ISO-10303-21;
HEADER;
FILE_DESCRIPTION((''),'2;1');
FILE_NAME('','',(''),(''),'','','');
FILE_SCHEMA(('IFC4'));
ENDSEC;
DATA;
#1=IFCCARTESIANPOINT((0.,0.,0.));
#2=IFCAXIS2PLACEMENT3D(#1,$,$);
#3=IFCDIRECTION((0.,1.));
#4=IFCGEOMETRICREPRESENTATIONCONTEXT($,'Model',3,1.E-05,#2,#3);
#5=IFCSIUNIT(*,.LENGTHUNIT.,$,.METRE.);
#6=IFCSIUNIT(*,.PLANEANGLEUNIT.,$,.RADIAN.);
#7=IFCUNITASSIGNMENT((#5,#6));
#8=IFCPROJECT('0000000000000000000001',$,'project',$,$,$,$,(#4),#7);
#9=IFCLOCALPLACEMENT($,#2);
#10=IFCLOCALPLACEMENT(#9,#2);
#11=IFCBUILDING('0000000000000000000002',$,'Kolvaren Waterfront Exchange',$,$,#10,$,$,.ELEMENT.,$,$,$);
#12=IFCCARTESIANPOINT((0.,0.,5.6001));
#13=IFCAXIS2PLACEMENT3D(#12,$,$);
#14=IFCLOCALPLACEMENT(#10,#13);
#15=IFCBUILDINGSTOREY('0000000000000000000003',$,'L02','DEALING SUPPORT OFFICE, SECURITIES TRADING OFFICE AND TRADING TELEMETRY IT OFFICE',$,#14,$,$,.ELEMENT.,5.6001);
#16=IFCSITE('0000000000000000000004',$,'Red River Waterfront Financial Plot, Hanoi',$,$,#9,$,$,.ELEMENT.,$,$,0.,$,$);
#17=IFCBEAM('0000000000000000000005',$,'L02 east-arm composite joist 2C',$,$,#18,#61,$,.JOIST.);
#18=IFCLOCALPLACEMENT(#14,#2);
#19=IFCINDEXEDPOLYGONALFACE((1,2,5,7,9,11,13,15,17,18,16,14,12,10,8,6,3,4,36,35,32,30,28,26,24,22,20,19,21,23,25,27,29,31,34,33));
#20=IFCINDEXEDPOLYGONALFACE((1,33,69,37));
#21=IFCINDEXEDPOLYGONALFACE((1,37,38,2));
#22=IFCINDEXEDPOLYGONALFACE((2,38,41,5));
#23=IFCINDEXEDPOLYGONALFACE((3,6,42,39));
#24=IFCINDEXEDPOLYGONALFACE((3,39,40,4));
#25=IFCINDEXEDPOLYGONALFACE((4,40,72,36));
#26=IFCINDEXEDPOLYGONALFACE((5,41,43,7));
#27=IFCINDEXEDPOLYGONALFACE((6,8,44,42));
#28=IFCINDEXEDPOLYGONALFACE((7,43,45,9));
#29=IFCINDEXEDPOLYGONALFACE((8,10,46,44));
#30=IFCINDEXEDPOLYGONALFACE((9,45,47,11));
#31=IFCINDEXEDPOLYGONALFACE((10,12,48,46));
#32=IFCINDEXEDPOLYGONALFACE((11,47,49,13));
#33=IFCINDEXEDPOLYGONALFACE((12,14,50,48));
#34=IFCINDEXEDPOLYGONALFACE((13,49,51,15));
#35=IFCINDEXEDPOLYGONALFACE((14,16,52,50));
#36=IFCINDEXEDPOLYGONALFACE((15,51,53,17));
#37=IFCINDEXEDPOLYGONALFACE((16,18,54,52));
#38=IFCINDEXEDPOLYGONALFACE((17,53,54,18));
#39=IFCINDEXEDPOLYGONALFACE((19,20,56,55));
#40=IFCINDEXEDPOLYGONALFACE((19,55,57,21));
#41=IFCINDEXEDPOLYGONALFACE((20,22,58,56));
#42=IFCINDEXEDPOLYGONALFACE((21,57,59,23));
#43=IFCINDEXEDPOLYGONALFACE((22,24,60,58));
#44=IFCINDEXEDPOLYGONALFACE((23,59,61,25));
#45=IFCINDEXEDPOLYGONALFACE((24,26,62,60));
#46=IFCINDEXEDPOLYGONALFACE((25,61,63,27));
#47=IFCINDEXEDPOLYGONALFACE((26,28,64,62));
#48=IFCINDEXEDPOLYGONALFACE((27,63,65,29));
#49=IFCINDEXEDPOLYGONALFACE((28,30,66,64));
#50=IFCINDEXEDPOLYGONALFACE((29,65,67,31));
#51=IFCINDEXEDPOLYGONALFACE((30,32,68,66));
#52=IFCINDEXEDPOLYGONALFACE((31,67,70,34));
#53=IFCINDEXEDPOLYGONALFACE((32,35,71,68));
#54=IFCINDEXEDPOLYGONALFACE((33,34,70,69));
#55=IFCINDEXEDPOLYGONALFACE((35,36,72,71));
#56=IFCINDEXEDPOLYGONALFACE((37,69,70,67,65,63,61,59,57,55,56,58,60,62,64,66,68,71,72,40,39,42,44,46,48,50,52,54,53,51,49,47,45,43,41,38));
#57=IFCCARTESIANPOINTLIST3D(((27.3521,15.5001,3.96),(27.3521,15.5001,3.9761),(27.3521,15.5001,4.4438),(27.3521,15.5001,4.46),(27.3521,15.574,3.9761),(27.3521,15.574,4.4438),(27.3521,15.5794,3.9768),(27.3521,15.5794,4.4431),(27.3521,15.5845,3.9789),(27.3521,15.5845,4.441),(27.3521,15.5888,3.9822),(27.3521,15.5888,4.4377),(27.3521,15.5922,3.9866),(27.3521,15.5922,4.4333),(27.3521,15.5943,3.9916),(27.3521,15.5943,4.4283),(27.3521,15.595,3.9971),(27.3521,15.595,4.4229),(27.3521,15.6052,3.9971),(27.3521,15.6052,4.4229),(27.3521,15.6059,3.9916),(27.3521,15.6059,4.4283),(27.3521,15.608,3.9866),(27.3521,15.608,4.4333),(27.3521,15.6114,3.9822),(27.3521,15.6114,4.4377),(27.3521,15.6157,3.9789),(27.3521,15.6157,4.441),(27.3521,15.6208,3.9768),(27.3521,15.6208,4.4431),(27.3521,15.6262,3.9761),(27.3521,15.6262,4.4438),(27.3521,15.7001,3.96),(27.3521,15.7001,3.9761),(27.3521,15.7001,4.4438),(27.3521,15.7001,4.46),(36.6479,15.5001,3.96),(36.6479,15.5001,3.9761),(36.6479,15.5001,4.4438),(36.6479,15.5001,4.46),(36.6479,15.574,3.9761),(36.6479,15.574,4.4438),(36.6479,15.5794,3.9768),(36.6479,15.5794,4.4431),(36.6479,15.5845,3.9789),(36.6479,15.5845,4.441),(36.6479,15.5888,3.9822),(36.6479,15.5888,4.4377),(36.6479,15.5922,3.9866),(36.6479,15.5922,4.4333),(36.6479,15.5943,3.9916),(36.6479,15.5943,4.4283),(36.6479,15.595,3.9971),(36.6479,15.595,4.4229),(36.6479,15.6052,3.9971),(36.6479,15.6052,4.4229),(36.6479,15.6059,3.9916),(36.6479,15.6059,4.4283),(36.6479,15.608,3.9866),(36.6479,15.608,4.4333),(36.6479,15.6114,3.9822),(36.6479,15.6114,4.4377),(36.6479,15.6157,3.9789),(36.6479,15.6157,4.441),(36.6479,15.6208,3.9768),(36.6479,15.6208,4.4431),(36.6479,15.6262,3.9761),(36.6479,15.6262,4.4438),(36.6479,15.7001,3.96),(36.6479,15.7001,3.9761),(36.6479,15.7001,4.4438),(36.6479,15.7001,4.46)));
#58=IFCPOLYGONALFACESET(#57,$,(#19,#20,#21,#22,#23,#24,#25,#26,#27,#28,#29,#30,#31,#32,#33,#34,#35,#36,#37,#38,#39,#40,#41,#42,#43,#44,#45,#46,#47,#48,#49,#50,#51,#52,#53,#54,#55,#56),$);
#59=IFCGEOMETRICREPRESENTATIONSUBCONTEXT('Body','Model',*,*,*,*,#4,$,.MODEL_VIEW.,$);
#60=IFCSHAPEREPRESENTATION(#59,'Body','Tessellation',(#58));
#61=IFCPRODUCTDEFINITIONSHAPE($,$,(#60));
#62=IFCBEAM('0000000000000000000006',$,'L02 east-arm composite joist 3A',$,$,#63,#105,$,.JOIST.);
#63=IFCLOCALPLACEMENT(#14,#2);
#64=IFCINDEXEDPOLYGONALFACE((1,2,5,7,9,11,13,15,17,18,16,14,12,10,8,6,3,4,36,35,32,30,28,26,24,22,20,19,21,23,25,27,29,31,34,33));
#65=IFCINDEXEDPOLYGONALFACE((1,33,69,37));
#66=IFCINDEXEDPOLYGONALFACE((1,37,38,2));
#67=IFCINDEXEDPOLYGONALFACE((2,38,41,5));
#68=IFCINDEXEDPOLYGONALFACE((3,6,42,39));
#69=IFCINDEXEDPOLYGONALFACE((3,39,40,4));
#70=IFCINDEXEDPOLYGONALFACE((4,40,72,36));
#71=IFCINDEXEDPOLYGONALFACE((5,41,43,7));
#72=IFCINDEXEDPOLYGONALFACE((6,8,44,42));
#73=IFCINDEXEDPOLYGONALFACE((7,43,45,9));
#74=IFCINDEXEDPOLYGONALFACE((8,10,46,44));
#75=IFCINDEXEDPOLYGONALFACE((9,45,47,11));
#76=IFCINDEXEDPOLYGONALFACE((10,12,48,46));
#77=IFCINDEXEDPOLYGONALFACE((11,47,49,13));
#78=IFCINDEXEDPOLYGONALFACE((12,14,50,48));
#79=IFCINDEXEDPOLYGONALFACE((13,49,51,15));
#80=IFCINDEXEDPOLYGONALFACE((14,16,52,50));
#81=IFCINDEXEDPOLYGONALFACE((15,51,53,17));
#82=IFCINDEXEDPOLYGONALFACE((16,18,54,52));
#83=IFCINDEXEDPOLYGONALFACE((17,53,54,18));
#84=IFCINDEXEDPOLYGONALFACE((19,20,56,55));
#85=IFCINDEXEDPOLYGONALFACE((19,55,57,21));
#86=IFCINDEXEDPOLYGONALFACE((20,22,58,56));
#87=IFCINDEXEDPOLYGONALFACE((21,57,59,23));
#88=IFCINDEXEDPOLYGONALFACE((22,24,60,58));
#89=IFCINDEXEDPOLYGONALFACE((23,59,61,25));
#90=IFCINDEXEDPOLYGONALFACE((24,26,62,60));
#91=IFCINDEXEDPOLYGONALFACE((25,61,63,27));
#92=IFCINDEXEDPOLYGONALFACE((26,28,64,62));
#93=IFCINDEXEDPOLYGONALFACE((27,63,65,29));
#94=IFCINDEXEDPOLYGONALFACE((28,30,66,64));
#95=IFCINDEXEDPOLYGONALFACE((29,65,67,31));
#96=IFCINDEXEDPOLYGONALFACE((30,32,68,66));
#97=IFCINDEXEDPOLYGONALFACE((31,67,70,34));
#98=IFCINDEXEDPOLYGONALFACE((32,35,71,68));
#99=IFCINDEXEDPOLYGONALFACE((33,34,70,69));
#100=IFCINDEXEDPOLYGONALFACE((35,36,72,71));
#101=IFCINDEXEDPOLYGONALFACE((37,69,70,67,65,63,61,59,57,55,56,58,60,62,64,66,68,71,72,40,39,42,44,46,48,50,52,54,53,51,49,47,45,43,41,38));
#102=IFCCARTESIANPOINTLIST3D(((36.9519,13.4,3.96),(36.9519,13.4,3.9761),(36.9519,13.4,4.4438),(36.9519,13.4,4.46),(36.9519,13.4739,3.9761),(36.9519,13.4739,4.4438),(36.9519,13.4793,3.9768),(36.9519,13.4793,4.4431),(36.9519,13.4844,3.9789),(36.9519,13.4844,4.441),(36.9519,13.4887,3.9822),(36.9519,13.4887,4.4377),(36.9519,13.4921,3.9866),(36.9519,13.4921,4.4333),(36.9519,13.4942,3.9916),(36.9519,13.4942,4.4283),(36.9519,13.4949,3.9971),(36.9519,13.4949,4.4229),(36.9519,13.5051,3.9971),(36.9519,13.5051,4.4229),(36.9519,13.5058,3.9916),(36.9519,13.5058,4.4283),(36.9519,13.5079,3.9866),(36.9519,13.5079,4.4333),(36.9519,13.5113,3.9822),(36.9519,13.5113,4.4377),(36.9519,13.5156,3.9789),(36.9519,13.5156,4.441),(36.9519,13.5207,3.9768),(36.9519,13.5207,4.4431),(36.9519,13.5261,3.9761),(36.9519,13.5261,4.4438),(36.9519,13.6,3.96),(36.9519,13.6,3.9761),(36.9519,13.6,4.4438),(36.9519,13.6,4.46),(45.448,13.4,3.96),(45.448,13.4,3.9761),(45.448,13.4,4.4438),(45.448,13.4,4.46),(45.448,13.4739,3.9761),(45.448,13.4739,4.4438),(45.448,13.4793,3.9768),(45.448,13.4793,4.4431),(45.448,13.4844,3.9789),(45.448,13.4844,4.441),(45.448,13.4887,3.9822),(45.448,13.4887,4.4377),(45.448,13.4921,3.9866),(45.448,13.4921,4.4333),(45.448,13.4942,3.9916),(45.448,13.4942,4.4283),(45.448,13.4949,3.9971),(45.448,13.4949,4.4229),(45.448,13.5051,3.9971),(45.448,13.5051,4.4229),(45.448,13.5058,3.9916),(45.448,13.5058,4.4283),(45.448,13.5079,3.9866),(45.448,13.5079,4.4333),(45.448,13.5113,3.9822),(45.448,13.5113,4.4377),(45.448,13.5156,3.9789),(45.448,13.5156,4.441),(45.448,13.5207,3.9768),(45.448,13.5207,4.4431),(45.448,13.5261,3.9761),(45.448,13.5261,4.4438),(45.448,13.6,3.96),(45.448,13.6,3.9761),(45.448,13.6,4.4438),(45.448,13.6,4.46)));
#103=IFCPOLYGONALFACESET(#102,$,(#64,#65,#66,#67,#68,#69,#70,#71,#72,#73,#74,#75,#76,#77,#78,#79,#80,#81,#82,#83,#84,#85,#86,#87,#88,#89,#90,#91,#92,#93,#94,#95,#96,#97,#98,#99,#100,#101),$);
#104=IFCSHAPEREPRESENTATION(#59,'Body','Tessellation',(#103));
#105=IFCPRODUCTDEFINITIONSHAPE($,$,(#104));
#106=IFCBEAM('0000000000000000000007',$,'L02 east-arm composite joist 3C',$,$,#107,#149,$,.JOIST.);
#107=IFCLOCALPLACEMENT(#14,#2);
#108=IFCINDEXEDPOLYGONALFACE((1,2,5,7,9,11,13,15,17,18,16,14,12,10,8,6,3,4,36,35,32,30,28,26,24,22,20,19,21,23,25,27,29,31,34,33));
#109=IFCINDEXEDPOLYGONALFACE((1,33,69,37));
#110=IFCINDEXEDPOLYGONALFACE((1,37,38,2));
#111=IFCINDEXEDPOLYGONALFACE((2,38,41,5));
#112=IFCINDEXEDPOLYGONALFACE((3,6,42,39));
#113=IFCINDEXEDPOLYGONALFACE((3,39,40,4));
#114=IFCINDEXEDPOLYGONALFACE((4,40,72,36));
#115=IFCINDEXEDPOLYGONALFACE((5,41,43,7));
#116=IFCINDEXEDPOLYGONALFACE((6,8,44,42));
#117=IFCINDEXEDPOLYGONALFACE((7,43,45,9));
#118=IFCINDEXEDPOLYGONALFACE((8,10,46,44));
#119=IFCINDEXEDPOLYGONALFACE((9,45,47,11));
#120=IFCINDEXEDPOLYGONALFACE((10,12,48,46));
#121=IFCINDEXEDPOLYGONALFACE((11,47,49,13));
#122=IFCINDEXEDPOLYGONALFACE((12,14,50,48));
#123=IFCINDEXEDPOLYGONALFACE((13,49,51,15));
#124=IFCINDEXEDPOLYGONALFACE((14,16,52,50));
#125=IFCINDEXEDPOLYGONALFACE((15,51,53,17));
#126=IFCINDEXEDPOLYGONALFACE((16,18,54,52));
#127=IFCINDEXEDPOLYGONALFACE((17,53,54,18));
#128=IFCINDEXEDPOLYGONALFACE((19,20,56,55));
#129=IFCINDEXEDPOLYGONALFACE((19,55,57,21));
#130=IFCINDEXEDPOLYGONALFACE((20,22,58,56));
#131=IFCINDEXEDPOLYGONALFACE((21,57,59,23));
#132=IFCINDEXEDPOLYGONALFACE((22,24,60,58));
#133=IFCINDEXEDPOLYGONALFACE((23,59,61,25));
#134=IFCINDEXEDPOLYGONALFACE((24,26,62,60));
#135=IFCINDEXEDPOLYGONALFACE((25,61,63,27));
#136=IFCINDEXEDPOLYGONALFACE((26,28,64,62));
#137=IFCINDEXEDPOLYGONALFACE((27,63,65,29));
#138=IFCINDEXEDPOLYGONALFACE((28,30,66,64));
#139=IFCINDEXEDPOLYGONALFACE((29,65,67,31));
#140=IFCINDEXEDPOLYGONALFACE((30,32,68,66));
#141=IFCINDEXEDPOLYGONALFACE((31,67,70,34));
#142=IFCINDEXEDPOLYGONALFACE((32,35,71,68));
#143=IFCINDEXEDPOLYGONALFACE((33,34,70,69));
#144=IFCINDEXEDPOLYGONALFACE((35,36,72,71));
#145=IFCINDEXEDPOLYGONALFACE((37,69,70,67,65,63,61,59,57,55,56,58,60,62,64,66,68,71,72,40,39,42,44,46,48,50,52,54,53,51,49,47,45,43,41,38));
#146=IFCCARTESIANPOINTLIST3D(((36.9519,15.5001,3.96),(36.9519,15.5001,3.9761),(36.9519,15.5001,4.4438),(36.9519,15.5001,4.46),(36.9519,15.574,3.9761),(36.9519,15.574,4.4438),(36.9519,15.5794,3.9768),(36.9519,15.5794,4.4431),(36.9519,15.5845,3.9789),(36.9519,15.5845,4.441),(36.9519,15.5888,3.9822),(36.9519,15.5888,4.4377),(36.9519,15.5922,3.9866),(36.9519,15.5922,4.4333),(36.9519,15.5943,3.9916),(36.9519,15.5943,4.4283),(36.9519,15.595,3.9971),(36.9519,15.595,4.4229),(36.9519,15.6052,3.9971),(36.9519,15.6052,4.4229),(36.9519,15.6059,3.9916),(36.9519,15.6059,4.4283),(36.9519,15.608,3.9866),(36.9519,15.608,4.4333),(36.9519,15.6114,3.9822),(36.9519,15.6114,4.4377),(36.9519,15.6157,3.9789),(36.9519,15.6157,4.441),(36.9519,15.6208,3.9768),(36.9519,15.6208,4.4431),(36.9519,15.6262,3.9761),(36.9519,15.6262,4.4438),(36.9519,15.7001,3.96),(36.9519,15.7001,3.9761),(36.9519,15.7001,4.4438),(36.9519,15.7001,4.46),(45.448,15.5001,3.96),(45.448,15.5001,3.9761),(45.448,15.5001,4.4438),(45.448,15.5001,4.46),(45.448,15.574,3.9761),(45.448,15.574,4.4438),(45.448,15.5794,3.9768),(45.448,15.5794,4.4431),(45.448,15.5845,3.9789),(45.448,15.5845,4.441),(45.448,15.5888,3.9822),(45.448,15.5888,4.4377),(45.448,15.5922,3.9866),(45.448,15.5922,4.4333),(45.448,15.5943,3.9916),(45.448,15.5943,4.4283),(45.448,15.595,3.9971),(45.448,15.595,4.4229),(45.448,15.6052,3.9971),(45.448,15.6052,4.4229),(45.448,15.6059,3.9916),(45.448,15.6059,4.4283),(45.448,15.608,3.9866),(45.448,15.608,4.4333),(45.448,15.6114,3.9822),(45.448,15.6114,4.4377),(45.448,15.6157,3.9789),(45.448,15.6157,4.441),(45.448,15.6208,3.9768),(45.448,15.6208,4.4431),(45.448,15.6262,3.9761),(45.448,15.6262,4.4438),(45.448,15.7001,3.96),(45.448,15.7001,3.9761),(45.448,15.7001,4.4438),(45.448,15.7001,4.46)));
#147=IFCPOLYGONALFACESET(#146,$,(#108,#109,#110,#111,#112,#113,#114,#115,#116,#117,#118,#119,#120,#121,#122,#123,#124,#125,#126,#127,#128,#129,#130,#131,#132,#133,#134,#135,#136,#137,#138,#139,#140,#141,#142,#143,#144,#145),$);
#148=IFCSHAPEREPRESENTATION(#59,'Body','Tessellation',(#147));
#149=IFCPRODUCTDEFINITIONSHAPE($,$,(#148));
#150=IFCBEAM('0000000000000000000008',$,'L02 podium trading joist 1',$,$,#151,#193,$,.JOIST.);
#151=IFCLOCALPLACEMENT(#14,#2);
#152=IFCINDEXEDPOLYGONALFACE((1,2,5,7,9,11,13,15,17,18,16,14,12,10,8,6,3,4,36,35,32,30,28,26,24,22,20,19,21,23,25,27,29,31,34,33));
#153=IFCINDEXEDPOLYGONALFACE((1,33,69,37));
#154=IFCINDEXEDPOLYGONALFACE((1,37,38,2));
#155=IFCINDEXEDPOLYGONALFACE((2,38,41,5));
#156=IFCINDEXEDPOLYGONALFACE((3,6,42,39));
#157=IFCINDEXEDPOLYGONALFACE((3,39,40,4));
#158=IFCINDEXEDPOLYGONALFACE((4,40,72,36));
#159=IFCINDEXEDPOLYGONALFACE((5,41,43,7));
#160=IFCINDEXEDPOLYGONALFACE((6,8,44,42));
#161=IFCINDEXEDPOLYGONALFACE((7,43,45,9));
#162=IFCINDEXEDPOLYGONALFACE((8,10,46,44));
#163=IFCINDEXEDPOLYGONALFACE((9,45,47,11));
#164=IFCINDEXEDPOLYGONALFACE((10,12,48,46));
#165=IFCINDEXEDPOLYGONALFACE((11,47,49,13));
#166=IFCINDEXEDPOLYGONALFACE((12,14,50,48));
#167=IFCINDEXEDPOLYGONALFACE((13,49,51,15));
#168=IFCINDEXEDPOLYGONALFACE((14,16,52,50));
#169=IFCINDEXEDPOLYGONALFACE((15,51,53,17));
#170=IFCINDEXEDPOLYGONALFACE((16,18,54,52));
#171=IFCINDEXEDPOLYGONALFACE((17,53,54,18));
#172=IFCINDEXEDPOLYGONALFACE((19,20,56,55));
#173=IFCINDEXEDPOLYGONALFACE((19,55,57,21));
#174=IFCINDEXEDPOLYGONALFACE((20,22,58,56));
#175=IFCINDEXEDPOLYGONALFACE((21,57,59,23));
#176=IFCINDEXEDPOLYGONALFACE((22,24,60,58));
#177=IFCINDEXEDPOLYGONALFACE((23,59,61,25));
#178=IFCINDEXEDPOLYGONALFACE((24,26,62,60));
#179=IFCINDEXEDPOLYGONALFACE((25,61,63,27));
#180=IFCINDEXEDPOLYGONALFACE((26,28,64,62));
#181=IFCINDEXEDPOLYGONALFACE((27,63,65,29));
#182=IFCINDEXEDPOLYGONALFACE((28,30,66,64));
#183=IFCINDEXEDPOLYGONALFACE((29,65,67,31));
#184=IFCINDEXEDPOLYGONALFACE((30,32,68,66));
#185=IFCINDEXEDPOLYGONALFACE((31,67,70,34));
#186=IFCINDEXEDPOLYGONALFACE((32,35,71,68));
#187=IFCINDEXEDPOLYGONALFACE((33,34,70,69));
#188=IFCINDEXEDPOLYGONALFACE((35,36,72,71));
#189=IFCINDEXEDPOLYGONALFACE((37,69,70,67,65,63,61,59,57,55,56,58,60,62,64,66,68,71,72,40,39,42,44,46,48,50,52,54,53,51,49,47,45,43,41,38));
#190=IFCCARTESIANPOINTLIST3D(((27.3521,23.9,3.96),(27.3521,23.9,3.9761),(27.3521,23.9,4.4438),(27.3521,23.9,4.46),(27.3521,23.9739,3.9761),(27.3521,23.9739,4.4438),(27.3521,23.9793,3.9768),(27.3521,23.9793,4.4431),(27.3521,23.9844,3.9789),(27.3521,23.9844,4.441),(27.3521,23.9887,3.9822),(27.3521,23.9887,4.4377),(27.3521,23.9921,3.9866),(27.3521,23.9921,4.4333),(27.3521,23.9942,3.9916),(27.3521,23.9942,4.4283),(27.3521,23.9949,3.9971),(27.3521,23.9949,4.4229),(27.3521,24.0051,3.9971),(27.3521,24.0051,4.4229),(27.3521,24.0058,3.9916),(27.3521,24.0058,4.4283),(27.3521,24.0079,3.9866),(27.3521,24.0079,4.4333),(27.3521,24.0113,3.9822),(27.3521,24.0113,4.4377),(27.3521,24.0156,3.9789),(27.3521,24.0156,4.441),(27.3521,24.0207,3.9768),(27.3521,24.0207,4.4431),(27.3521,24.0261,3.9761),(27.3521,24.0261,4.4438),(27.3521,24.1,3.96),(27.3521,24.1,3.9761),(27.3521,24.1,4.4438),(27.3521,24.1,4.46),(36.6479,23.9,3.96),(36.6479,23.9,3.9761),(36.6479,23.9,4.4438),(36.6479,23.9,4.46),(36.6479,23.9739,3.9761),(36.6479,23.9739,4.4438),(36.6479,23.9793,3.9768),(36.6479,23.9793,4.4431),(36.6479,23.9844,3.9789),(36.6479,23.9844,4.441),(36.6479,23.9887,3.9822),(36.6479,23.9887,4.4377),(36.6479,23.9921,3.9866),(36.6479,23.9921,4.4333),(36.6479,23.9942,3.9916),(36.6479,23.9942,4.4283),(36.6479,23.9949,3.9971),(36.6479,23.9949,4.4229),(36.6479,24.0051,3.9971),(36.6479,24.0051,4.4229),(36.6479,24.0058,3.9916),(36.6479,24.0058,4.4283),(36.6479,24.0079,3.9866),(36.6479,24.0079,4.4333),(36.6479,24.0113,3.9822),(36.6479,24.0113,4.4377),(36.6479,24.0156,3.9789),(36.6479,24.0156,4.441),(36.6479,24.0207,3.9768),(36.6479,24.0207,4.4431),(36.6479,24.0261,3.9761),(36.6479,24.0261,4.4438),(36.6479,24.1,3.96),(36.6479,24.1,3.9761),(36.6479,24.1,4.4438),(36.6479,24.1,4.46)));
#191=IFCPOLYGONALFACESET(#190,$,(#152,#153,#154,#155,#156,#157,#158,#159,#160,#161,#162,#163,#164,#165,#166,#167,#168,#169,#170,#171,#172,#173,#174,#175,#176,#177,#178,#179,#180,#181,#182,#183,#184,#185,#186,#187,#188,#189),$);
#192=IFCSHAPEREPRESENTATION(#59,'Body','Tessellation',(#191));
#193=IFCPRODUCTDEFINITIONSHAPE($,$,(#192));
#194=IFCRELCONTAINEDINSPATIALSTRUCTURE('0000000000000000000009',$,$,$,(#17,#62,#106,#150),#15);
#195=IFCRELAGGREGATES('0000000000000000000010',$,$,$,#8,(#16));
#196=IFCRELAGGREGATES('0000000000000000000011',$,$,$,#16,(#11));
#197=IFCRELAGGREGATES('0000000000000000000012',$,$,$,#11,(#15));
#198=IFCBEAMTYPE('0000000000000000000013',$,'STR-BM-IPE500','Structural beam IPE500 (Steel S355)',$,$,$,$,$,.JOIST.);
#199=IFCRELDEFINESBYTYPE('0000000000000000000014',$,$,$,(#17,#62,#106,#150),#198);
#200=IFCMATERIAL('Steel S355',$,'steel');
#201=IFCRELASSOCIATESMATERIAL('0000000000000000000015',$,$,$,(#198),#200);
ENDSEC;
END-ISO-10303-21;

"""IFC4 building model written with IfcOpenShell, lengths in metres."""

from ifc_helpers import new_model, si_unit, direction, frame, origin, origin_2d, place, context, subcontext, project, spatial, i_section, extrude, material, material_profile, profile_set, type_object, element, save


model = new_model("IFC4")

# Units and contexts
model_context = context("Model", 3, precision=1e-05, world=origin(), true_north=direction((0.0, 1.0)))
body_context = subcontext(model_context, "Body", "Model", "MODEL_VIEW")
ifc_project = project(units=[si_unit("LENGTHUNIT", "METRE"), si_unit("PLANEANGLEUNIT", "RADIAN")], contexts=[model_context])

# Site, building, storey
site_placement = place(None, origin())
site = spatial("IfcSite", under=ifc_project, at=site_placement, Name="Red River Waterfront Financial Plot, Hanoi", CompositionType="ELEMENT", RefElevation=0.0)
building_placement = place(site_placement, origin())
building = spatial("IfcBuilding", under=site, at=building_placement, Name="Kolvaren Waterfront Exchange", CompositionType="ELEMENT")
storey_placement = place(building_placement, frame((0.0, 0.0, 5.6001)))
storey = spatial("IfcBuildingStorey", under=building, at=storey_placement, Name="L02", Description="DEALING SUPPORT OFFICE, SECURITIES TRADING OFFICE AND TRADING TELEMETRY IT OFFICE", CompositionType="ELEMENT", Elevation=5.6001)

# Beams
ifc_material_1 = material(Name="Steel S355", Category="steel")
ifc_material_profile_1 = material_profile(ifc_material_1, i_section(OverallWidth=0.2, OverallDepth=0.5, WebThickness=0.0103, FlangeThickness=0.0161, FilletRadius=0.021, at=origin_2d()), Name="IPE500")
ifc_profile_set_1 = profile_set([ifc_material_profile_1], Name="Steel S355")
beam_type_1 = type_object("IfcBeamType", Name="STR-BM-IPE500", Description="Structural beam IPE500 (Steel S355)", PredefinedType="JOIST", material=ifc_profile_set_1)
for number, where, z_axis, x_axis, name in (
    (1, (27.3521, 15.6001, 4.21), (1.0, 0.0, 0.0), (0.0, 1.0, 0.0), "L02 east-arm composite joist 2C"),
):
    element("IfcBeam", number, at=place(storey_placement, frame(where, z_axis=z_axis, x_axis=x_axis)), inside=storey, type_object=beam_type_1, Name=name, PredefinedType="JOIST", context=body_context, shape_type="SweptSolid", body=[
        extrude(i_section(OverallWidth=0.2, OverallDepth=0.5, WebThickness=0.0103, FlangeThickness=0.0161, FilletRadius=0.021, at=origin_2d()), origin(), (0.0, 0.0, 1.0), 9.2959),
    ])
for number, where, z_axis, x_axis, name in (
    (2, (36.9519, 13.5, 4.21), (1.0, 0.0, 0.0), (0.0, 1.0, 0.0), "L02 east-arm composite joist 3A"),
    (3, (36.9519, 15.6001, 4.21), (1.0, 0.0, 0.0), (0.0, 1.0, 0.0), "L02 east-arm composite joist 3C"),
):
    element("IfcBeam", number, at=place(storey_placement, frame(where, z_axis=z_axis, x_axis=x_axis)), inside=storey, type_object=beam_type_1, Name=name, PredefinedType="JOIST", context=body_context, shape_type="SweptSolid", body=[
        extrude(i_section(OverallWidth=0.2, OverallDepth=0.5, WebThickness=0.0103, FlangeThickness=0.0161, FilletRadius=0.021, at=origin_2d()), origin(), (0.0, 0.0, 1.0), 8.4961),
    ])
beam_1_placement = place(storey_placement, frame((27.3521, 24.0, 4.21), z_axis=(1.0, 0.0, 0.0), x_axis=(0.0, 1.0, 0.0)))
element("IfcBeam", 4, at=beam_1_placement, inside=storey, type_object=beam_type_1, Name="L02 podium trading joist 1", PredefinedType="JOIST", context=body_context, shape_type="SweptSolid", body=[
    extrude(i_section(OverallWidth=0.2, OverallDepth=0.5, WebThickness=0.0103, FlangeThickness=0.0161, FilletRadius=0.021, at=origin_2d()), origin(), (0.0, 0.0, 1.0), 9.2959),
])

save(model, "model.ifc")
